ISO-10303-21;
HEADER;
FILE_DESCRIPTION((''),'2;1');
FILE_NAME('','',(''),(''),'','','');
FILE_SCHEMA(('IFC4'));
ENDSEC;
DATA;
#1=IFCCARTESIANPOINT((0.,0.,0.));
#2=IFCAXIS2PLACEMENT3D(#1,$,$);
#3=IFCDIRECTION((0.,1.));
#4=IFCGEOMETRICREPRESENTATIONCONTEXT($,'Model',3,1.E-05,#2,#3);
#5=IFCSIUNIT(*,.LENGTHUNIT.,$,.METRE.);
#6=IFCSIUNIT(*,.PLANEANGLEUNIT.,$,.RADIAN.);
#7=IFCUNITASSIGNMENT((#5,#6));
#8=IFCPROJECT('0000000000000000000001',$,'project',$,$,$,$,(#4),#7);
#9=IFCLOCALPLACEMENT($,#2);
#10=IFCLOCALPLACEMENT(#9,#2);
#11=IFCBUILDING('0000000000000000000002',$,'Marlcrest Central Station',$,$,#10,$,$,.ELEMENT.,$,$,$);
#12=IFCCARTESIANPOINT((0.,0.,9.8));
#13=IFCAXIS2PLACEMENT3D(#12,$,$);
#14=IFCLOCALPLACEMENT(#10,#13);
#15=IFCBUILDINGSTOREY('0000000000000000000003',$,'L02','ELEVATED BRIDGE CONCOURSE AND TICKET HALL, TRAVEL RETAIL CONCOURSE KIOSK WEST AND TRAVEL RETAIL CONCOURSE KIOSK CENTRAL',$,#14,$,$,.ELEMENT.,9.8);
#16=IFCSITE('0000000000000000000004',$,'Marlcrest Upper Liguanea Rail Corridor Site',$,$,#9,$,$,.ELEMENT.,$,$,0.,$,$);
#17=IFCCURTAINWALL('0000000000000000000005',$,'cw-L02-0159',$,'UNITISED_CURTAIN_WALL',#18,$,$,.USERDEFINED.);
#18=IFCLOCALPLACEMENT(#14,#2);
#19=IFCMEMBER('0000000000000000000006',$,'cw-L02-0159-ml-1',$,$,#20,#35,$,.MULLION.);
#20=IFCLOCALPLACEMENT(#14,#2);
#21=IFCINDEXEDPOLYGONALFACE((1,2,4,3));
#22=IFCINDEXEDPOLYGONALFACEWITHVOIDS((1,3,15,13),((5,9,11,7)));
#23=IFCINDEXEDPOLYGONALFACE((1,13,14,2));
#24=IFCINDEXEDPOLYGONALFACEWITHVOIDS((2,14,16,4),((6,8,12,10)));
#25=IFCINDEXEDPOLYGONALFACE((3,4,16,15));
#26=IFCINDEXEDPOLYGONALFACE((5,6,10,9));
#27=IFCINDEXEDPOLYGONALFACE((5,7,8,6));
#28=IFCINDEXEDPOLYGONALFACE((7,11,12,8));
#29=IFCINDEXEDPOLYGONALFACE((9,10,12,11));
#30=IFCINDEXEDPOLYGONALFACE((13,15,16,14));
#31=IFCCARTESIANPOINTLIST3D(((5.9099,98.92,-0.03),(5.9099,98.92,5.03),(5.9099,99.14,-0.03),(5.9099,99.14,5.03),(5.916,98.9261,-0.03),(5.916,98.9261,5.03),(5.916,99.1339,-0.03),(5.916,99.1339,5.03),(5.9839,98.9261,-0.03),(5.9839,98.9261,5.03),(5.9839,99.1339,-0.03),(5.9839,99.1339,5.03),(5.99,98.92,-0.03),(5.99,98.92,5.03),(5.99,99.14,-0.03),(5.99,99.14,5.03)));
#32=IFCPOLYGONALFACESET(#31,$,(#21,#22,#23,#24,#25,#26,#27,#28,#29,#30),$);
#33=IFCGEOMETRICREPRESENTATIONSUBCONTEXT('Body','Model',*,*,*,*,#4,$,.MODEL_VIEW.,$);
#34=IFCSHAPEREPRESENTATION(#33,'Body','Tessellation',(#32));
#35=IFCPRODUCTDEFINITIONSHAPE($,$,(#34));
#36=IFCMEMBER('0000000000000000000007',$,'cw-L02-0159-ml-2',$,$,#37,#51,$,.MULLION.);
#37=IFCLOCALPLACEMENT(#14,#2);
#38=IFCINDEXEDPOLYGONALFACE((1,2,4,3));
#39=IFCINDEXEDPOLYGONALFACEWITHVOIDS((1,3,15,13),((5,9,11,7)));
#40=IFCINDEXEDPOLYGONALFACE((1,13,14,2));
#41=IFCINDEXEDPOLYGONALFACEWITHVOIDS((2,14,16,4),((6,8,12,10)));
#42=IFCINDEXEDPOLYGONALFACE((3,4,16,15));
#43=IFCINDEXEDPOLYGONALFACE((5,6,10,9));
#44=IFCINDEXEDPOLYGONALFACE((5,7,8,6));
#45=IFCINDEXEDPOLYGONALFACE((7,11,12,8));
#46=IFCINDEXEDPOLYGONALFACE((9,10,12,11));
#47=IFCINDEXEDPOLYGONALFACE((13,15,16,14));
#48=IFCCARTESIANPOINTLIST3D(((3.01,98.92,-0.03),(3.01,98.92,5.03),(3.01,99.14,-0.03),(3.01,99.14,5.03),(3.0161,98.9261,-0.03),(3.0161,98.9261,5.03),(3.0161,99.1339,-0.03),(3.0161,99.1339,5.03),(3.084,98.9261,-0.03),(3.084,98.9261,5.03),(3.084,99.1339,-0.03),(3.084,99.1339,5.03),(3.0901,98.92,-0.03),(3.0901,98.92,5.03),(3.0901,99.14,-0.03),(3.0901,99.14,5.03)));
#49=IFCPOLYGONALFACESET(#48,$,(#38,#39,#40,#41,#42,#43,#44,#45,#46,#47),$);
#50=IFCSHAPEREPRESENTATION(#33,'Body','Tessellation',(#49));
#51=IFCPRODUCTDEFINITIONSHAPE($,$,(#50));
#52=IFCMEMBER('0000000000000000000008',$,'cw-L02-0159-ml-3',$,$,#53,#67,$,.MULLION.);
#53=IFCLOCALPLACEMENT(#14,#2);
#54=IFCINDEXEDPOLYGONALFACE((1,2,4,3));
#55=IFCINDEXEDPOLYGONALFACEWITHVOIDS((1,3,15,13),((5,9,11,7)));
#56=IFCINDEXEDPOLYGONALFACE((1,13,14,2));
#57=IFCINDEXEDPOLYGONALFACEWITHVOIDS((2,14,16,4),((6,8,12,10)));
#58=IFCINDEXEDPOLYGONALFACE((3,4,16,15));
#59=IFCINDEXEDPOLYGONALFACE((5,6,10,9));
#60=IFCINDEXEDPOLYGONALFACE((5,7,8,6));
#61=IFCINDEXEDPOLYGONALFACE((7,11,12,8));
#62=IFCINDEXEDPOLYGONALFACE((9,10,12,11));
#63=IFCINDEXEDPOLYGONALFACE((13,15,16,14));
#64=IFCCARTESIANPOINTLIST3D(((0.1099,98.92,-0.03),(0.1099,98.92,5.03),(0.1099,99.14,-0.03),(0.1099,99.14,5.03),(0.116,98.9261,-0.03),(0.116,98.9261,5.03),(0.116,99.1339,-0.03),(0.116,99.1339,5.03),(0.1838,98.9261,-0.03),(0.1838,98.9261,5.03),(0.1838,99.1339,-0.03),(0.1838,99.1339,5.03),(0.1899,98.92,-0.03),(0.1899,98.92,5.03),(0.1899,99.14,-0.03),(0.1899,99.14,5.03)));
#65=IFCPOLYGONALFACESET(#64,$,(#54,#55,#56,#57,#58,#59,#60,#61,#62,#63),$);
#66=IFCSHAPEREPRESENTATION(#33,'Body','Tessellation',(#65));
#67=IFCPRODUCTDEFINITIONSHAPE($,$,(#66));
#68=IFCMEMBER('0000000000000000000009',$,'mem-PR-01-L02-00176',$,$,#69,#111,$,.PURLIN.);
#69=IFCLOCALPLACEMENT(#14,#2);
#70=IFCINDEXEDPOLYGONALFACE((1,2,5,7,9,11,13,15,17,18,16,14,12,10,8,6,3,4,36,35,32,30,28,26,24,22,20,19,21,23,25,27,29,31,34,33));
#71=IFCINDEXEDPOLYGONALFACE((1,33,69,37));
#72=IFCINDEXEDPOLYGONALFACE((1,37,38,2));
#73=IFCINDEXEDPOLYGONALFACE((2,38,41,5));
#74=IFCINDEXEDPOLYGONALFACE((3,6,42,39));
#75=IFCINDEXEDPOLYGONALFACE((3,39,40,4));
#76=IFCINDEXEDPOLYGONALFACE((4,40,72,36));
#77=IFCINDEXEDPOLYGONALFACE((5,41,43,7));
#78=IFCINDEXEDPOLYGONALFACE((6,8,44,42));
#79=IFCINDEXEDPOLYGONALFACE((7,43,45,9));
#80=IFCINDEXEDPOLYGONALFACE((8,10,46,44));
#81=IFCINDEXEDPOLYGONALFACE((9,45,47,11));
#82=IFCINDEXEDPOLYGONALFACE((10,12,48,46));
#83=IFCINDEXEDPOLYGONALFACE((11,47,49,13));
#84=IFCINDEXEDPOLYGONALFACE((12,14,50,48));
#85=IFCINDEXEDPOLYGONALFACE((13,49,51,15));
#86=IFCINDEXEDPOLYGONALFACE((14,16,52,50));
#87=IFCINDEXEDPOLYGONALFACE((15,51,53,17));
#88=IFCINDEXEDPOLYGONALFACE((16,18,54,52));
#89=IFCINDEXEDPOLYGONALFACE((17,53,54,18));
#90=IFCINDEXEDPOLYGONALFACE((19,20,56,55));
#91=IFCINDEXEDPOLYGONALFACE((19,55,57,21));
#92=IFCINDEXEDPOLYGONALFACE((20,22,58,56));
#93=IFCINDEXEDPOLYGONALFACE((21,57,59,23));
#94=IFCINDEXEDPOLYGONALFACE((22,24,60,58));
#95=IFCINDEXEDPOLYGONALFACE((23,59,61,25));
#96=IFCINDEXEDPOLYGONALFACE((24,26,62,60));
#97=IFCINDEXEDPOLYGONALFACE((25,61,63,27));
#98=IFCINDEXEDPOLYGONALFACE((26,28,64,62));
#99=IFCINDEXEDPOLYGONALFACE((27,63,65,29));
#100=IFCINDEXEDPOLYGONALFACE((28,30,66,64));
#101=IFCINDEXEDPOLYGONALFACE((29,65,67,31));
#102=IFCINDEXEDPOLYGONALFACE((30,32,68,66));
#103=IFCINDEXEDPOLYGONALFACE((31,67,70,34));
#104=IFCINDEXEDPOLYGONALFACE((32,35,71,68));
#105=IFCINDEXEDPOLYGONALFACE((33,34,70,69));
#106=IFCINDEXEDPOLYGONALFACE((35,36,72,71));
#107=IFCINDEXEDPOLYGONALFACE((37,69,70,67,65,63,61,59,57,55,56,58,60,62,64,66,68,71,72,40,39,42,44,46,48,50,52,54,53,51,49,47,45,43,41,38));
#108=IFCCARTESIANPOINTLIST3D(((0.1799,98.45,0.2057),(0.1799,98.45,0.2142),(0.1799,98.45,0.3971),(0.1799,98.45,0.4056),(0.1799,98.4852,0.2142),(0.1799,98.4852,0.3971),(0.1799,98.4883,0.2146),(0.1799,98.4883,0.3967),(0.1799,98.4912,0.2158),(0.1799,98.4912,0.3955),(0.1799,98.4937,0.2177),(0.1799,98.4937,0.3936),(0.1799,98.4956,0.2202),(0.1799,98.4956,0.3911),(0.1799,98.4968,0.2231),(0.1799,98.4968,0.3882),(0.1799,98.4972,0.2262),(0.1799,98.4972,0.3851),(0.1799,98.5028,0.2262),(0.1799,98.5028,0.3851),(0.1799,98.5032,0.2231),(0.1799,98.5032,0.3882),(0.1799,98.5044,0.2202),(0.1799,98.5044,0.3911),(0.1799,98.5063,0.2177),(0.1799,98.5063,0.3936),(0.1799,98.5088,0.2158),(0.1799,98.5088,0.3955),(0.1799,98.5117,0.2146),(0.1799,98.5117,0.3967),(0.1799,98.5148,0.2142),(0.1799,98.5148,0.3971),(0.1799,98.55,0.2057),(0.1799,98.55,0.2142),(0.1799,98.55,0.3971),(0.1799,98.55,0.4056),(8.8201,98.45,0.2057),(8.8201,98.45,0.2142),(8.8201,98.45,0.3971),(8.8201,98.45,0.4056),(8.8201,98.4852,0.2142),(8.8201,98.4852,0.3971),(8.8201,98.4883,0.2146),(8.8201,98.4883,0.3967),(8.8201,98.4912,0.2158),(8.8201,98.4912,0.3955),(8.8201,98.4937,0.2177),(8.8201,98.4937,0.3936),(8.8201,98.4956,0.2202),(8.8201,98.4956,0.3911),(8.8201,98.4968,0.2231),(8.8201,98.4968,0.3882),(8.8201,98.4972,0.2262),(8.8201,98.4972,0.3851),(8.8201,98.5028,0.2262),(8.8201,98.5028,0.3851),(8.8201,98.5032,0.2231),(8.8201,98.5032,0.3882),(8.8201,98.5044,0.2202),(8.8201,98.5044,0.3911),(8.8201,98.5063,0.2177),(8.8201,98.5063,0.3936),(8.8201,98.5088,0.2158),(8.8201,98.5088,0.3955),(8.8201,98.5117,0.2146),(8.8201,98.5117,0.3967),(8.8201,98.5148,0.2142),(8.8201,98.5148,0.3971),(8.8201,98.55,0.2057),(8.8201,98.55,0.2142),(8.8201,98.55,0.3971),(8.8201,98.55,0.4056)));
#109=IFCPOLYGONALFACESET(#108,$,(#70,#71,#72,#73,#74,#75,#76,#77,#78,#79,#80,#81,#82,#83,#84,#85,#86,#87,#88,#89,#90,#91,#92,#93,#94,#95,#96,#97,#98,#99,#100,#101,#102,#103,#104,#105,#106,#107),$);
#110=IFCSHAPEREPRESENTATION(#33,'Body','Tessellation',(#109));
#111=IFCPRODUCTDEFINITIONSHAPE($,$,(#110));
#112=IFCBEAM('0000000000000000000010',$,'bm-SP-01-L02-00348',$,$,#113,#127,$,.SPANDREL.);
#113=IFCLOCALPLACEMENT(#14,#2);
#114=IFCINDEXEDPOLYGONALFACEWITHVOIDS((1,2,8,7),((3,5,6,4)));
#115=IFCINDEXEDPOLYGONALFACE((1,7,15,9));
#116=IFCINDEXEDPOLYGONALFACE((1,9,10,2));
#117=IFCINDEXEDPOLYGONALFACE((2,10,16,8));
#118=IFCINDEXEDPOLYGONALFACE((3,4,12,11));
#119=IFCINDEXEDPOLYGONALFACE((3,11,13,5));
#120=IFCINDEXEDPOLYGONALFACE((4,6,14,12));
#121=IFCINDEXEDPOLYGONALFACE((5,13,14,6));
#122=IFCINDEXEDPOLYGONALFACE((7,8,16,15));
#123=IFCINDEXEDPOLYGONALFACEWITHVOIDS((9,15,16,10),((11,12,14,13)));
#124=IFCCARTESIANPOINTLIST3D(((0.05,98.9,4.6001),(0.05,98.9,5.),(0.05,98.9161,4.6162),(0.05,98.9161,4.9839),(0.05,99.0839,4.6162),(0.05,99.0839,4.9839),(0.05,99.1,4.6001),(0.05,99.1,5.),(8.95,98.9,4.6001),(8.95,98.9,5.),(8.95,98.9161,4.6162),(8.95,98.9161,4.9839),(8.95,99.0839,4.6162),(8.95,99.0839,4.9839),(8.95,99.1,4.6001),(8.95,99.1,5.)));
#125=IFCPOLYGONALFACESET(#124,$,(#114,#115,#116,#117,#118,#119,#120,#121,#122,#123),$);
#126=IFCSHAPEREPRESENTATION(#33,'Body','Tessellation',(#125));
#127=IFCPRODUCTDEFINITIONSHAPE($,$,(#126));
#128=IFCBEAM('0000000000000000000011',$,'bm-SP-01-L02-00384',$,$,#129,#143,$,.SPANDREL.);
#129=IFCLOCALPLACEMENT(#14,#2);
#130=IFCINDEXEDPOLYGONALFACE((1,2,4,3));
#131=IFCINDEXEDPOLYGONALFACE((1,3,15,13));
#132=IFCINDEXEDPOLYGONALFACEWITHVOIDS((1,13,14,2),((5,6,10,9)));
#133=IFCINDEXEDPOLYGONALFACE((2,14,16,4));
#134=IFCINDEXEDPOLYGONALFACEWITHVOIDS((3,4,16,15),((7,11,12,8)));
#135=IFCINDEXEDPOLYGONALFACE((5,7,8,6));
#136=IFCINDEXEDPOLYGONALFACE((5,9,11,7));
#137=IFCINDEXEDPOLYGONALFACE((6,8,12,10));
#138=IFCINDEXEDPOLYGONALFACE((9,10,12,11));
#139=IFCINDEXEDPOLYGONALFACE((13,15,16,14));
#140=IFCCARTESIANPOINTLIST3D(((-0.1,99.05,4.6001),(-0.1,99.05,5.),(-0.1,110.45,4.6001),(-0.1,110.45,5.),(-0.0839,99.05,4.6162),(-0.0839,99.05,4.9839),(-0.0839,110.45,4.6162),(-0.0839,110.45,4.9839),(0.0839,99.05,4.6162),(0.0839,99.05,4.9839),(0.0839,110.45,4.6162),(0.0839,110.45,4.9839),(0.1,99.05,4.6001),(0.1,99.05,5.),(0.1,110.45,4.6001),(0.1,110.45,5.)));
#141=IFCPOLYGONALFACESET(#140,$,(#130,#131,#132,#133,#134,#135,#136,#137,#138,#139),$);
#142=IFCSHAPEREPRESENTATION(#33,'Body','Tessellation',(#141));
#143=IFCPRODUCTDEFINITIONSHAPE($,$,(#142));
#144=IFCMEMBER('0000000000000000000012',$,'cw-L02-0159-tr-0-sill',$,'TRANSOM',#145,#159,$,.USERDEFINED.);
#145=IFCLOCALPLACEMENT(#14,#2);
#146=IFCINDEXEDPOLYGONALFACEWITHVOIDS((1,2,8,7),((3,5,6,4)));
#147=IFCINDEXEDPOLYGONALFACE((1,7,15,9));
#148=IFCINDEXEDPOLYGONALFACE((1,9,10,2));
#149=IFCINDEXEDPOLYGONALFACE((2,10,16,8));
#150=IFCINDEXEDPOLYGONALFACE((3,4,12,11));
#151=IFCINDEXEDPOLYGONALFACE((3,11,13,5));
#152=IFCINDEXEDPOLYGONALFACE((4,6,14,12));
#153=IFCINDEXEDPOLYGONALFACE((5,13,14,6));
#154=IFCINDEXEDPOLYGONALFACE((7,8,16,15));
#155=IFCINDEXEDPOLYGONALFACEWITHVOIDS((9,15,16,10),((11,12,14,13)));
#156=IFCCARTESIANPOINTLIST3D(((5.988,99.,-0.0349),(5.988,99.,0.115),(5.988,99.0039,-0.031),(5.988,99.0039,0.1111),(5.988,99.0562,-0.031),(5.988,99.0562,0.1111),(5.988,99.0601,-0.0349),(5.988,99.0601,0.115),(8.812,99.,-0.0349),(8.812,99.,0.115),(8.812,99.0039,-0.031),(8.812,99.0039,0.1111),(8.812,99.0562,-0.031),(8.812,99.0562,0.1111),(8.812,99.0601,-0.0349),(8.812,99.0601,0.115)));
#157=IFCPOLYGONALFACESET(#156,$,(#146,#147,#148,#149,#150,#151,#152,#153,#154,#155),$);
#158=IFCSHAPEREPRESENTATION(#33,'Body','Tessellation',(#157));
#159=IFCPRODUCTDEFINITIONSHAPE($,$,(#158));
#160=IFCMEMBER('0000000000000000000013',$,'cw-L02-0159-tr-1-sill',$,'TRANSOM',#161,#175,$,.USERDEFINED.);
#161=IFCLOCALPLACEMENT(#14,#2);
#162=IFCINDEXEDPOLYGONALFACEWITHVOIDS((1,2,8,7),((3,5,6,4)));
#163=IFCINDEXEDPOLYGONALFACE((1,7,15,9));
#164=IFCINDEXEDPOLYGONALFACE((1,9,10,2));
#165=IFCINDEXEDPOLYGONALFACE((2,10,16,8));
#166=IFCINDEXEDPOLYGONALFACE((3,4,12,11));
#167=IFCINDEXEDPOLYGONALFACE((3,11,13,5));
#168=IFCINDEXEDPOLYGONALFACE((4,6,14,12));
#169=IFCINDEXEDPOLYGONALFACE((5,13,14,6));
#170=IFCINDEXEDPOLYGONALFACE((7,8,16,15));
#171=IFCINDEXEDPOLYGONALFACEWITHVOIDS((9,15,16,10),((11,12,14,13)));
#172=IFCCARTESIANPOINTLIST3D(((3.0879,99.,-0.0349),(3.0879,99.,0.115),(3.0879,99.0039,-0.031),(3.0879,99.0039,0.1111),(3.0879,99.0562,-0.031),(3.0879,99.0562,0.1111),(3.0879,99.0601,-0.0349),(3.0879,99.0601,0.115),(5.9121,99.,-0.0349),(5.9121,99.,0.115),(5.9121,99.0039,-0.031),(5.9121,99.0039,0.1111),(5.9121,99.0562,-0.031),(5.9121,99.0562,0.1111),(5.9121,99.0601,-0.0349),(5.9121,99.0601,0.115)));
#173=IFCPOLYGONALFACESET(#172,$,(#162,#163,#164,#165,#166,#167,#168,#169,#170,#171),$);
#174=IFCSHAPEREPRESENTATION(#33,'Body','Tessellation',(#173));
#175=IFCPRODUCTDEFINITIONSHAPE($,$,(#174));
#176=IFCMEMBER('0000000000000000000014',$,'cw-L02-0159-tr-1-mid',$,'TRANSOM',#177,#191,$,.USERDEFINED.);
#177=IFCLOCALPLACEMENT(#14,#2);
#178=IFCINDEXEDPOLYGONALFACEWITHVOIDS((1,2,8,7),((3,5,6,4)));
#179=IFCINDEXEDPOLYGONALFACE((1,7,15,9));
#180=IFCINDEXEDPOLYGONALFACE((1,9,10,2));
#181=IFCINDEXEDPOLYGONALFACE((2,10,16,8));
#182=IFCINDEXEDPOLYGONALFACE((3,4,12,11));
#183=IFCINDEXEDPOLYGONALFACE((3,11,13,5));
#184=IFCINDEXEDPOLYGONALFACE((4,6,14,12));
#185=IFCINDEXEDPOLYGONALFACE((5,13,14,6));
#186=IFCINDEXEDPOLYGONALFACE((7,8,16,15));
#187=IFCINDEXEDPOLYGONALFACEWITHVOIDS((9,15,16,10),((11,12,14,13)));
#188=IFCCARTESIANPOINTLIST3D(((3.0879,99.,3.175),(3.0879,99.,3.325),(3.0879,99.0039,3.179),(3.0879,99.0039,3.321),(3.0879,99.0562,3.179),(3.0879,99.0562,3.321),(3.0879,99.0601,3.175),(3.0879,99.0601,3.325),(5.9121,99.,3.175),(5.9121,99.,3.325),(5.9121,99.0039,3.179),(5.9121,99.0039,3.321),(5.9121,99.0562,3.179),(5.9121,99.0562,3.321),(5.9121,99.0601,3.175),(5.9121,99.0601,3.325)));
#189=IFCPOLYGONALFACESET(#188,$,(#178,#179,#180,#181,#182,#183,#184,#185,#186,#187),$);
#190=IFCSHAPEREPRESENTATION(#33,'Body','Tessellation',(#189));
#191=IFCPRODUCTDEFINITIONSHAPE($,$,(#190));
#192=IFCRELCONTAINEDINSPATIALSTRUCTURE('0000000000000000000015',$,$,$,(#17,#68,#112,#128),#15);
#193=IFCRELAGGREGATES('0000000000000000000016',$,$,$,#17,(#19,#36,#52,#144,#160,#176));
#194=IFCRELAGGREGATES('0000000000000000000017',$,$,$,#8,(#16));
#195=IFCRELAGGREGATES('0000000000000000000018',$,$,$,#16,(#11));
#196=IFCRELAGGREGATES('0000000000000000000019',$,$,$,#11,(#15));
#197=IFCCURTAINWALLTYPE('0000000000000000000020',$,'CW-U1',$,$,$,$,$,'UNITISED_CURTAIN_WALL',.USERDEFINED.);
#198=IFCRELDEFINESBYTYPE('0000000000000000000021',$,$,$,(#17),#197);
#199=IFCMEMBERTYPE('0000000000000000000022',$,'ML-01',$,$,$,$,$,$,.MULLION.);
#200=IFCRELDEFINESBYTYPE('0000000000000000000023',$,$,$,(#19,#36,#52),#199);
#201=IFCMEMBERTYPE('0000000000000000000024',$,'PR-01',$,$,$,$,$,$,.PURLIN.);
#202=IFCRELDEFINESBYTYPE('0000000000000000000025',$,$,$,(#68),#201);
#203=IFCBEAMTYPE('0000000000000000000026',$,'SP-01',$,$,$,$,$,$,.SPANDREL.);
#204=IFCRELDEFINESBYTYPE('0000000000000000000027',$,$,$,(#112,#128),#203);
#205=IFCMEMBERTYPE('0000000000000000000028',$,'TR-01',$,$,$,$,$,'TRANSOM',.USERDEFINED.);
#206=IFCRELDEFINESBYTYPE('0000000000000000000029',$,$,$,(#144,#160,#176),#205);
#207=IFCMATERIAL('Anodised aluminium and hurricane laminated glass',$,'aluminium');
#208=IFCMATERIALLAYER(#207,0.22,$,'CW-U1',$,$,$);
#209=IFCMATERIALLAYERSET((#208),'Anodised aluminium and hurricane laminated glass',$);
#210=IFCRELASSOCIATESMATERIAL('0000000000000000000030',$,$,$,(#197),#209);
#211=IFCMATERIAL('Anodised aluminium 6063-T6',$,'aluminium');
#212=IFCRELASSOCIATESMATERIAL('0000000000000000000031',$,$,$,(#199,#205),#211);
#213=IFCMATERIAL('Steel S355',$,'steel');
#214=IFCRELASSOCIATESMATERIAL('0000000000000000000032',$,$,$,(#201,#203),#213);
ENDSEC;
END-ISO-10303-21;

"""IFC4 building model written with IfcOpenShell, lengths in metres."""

from ifc_helpers import new_model, si_unit, direction, frame, origin, origin_2d, place, context, subcontext, project, spatial, hollow_rectangle, i_section, extrude, material, layer, layer_set, material_profile, profile_set, type_object, element, aggregate, save


model = new_model("IFC4")

# Units and contexts
model_context = context("Model", 3, precision=1e-05, world=origin(), true_north=direction((0.0, 1.0)))
body_context = subcontext(model_context, "Body", "Model", "MODEL_VIEW")
ifc_project = project(units=[si_unit("LENGTHUNIT", "METRE"), si_unit("PLANEANGLEUNIT", "RADIAN")], contexts=[model_context])

# Site, building, storey
site_placement = place(None, origin())
site = spatial("IfcSite", under=ifc_project, at=site_placement, Name="Marlcrest Upper Liguanea Rail Corridor Site", CompositionType="ELEMENT", RefElevation=0.0)
building_placement = place(site_placement, origin())
building = spatial("IfcBuilding", under=site, at=building_placement, Name="Marlcrest Central Station", CompositionType="ELEMENT")
storey_placement = place(building_placement, frame((0.0, 0.0, 9.8)))
storey = spatial("IfcBuildingStorey", under=building, at=storey_placement, Name="L02", Description="ELEVATED BRIDGE CONCOURSE AND TICKET HALL, TRAVEL RETAIL CONCOURSE KIOSK WEST AND TRAVEL RETAIL CONCOURSE KIOSK CENTRAL", CompositionType="ELEMENT", Elevation=9.8)

# Shared definitions
ifc_material_1 = material(Name="Steel S355", Category="steel")

# Curtain wall, members
ifc_material_2 = material(Name="Anodised aluminium and hurricane laminated glass", Category="aluminium")
ifc_layer_1 = layer(ifc_material_2, 0.22, Name="CW-U1")
ifc_layer_set_1 = layer_set([ifc_layer_1], Name="Anodised aluminium and hurricane laminated glass")
curtain_wall_type = type_object("IfcCurtainWallType", Name="CW-U1", ElementType="UNITISED_CURTAIN_WALL", PredefinedType="USERDEFINED", material=ifc_layer_set_1)
curtain_wall_placement = place(storey_placement, origin())
curtain_wall = element("IfcCurtainWall", 1, at=curtain_wall_placement, inside=storey, type_object=curtain_wall_type, Name="cw-L02-0159", ObjectType="UNITISED_CURTAIN_WALL", PredefinedType="USERDEFINED")
ifc_material_3 = material(Name="Anodised aluminium 6063-T6", Category="aluminium")
ifc_material_profile_1 = material_profile(ifc_material_3, hollow_rectangle(XDim=0.0801, YDim=0.22, WallThickness=0.0061, at=origin_2d()), Name="AA-RHS 220x80x6")
ifc_profile_set_1 = profile_set([ifc_material_profile_1], Name="Anodised aluminium 6063-T6")
member_type_1 = type_object("IfcMemberType", Name="ML-01", PredefinedType="MULLION", material=ifc_profile_set_1)
member_1_placement = place(storey_placement, frame((5.95, 99.03, -0.03), z_axis=(0.0, 0.0, 1.0), x_axis=(1.0, 0.0, 0.0)))
member_1 = element("IfcMember", 2, at=member_1_placement, type_object=member_type_1, Name="cw-L02-0159-ml-1", PredefinedType="MULLION", context=body_context, shape_type="SweptSolid", body=[
    extrude(hollow_rectangle(XDim=0.0801, YDim=0.22, WallThickness=0.0061, at=origin_2d()), origin(), (0.0, 0.0, 1.0), 5.0601),
])
member_2_placement = place(storey_placement, frame((3.05, 99.03, -0.03), z_axis=(0.0, 0.0, 1.0), x_axis=(1.0, 0.0, 0.0)))
member_2 = element("IfcMember", 3, at=member_2_placement, type_object=member_type_1, Name="cw-L02-0159-ml-2", PredefinedType="MULLION", context=body_context, shape_type="SweptSolid", body=[
    extrude(hollow_rectangle(XDim=0.0801, YDim=0.22, WallThickness=0.0061, at=origin_2d()), origin(), (0.0, 0.0, 1.0), 5.0601),
])
member_3_placement = place(storey_placement, frame((0.1499, 99.03, -0.03), z_axis=(0.0, 0.0, 1.0), x_axis=(1.0, 0.0, 0.0)))
member_3 = element("IfcMember", 4, at=member_3_placement, type_object=member_type_1, Name="cw-L02-0159-ml-3", PredefinedType="MULLION", context=body_context, shape_type="SweptSolid", body=[
    extrude(hollow_rectangle(XDim=0.0801, YDim=0.22, WallThickness=0.0061, at=origin_2d()), origin(), (0.0, 0.0, 1.0), 5.0601),
])

# Member
ifc_material_profile_2 = material_profile(ifc_material_1, i_section(OverallWidth=0.1001, OverallDepth=0.2, WebThickness=0.0056, FlangeThickness=0.0085, FilletRadius=0.012, at=origin_2d()), Name="IPE 200")
ifc_profile_set_2 = profile_set([ifc_material_profile_2], Name="Steel S355")
member_type_2 = type_object("IfcMemberType", Name="PR-01", PredefinedType="PURLIN", material=ifc_profile_set_2)
member_4_placement = place(storey_placement, frame((0.1799, 98.5, 0.3057), z_axis=(1.0, 0.0, 0.0), x_axis=(0.0, 1.0, 0.0)))
element("IfcMember", 5, at=member_4_placement, inside=storey, type_object=member_type_2, Name="mem-PR-01-L02-00176", PredefinedType="PURLIN", context=body_context, shape_type="SweptSolid", body=[
    extrude(i_section(OverallWidth=0.1001, OverallDepth=0.2, WebThickness=0.0056, FlangeThickness=0.0085, FilletRadius=0.012, at=origin_2d()), origin(), (0.0, 0.0, 1.0), 8.6401),
])

# Beams
ifc_material_profile_3 = material_profile(ifc_material_1, hollow_rectangle(XDim=0.2, YDim=0.3999, WallThickness=0.0161, at=origin_2d()), Name="RHS 400x200x16")
ifc_profile_set_3 = profile_set([ifc_material_profile_3], Name="Steel S355")
beam_type_1 = type_object("IfcBeamType", Name="SP-01", PredefinedType="SPANDREL", material=ifc_profile_set_3)
beam_1_placement = place(storey_placement, frame((0.05, 99.0, 4.8), z_axis=(1.0, 0.0, 0.0), x_axis=(0.0, 1.0, 0.0)))
element("IfcBeam", 6, at=beam_1_placement, inside=storey, type_object=beam_type_1, Name="bm-SP-01-L02-00348", PredefinedType="SPANDREL", context=body_context, shape_type="SweptSolid", body=[
    extrude(hollow_rectangle(XDim=0.2, YDim=0.3999, WallThickness=0.0161, at=origin_2d()), origin(), (0.0, 0.0, 1.0), 8.8999),
])
beam_2_placement = place(storey_placement, frame((0.0, 99.05, 4.8), z_axis=(0.0, 1.0, 0.0), x_axis=(-1.0, 0.0, 0.0)))
element("IfcBeam", 7, at=beam_2_placement, inside=storey, type_object=beam_type_1, Name="bm-SP-01-L02-00384", PredefinedType="SPANDREL", context=body_context, shape_type="SweptSolid", body=[
    extrude(hollow_rectangle(XDim=0.2, YDim=0.3999, WallThickness=0.0161, at=origin_2d()), origin(), (0.0, 0.0, 1.0), 11.3999),
])

# Members
ifc_material_profile_4 = material_profile(ifc_material_3, hollow_rectangle(XDim=0.0601, YDim=0.1499, WallThickness=0.0039, at=origin_2d()), Name="AA-RHS 150x60x4")
ifc_profile_set_4 = profile_set([ifc_material_profile_4], Name="Anodised aluminium 6063-T6")
member_type_3 = type_object("IfcMemberType", Name="TR-01", ElementType="TRANSOM", PredefinedType="USERDEFINED", material=ifc_profile_set_4)
member_5_placement = place(storey_placement, frame((8.812, 99.03, 0.04), z_axis=(-1.0, 0.0, 0.0), x_axis=(0.0, -1.0, 0.0)))
member_5 = element("IfcMember", 8, at=member_5_placement, type_object=member_type_3, Name="cw-L02-0159-tr-0-sill", ObjectType="TRANSOM", PredefinedType="USERDEFINED", context=body_context, shape_type="SweptSolid", body=[
    extrude(hollow_rectangle(XDim=0.0601, YDim=0.1499, WallThickness=0.0039, at=origin_2d()), origin(), (0.0, 0.0, 1.0), 2.824),
])
member_6_placement = place(storey_placement, frame((5.9121, 99.03, 0.04), z_axis=(-1.0, 0.0, 0.0), x_axis=(0.0, -1.0, 0.0)))
member_6 = element("IfcMember", 9, at=member_6_placement, type_object=member_type_3, Name="cw-L02-0159-tr-1-sill", ObjectType="TRANSOM", PredefinedType="USERDEFINED", context=body_context, shape_type="SweptSolid", body=[
    extrude(hollow_rectangle(XDim=0.0601, YDim=0.1499, WallThickness=0.0039, at=origin_2d()), origin(), (0.0, 0.0, 1.0), 2.8242),
])
member_7_placement = place(storey_placement, frame((5.9121, 99.03, 3.25), z_axis=(-1.0, 0.0, 0.0), x_axis=(0.0, -1.0, 0.0)))
member_7 = element("IfcMember", 10, at=member_7_placement, type_object=member_type_3, Name="cw-L02-0159-tr-1-mid", ObjectType="TRANSOM", PredefinedType="USERDEFINED", context=body_context, shape_type="SweptSolid", body=[
    extrude(hollow_rectangle(XDim=0.0601, YDim=0.1499, WallThickness=0.0039, at=origin_2d()), origin(), (0.0, 0.0, 1.0), 2.8242),
])

aggregate(curtain_wall, [member_1, member_2, member_3, member_5, member_6, member_7])

save(model, "model.ifc")
